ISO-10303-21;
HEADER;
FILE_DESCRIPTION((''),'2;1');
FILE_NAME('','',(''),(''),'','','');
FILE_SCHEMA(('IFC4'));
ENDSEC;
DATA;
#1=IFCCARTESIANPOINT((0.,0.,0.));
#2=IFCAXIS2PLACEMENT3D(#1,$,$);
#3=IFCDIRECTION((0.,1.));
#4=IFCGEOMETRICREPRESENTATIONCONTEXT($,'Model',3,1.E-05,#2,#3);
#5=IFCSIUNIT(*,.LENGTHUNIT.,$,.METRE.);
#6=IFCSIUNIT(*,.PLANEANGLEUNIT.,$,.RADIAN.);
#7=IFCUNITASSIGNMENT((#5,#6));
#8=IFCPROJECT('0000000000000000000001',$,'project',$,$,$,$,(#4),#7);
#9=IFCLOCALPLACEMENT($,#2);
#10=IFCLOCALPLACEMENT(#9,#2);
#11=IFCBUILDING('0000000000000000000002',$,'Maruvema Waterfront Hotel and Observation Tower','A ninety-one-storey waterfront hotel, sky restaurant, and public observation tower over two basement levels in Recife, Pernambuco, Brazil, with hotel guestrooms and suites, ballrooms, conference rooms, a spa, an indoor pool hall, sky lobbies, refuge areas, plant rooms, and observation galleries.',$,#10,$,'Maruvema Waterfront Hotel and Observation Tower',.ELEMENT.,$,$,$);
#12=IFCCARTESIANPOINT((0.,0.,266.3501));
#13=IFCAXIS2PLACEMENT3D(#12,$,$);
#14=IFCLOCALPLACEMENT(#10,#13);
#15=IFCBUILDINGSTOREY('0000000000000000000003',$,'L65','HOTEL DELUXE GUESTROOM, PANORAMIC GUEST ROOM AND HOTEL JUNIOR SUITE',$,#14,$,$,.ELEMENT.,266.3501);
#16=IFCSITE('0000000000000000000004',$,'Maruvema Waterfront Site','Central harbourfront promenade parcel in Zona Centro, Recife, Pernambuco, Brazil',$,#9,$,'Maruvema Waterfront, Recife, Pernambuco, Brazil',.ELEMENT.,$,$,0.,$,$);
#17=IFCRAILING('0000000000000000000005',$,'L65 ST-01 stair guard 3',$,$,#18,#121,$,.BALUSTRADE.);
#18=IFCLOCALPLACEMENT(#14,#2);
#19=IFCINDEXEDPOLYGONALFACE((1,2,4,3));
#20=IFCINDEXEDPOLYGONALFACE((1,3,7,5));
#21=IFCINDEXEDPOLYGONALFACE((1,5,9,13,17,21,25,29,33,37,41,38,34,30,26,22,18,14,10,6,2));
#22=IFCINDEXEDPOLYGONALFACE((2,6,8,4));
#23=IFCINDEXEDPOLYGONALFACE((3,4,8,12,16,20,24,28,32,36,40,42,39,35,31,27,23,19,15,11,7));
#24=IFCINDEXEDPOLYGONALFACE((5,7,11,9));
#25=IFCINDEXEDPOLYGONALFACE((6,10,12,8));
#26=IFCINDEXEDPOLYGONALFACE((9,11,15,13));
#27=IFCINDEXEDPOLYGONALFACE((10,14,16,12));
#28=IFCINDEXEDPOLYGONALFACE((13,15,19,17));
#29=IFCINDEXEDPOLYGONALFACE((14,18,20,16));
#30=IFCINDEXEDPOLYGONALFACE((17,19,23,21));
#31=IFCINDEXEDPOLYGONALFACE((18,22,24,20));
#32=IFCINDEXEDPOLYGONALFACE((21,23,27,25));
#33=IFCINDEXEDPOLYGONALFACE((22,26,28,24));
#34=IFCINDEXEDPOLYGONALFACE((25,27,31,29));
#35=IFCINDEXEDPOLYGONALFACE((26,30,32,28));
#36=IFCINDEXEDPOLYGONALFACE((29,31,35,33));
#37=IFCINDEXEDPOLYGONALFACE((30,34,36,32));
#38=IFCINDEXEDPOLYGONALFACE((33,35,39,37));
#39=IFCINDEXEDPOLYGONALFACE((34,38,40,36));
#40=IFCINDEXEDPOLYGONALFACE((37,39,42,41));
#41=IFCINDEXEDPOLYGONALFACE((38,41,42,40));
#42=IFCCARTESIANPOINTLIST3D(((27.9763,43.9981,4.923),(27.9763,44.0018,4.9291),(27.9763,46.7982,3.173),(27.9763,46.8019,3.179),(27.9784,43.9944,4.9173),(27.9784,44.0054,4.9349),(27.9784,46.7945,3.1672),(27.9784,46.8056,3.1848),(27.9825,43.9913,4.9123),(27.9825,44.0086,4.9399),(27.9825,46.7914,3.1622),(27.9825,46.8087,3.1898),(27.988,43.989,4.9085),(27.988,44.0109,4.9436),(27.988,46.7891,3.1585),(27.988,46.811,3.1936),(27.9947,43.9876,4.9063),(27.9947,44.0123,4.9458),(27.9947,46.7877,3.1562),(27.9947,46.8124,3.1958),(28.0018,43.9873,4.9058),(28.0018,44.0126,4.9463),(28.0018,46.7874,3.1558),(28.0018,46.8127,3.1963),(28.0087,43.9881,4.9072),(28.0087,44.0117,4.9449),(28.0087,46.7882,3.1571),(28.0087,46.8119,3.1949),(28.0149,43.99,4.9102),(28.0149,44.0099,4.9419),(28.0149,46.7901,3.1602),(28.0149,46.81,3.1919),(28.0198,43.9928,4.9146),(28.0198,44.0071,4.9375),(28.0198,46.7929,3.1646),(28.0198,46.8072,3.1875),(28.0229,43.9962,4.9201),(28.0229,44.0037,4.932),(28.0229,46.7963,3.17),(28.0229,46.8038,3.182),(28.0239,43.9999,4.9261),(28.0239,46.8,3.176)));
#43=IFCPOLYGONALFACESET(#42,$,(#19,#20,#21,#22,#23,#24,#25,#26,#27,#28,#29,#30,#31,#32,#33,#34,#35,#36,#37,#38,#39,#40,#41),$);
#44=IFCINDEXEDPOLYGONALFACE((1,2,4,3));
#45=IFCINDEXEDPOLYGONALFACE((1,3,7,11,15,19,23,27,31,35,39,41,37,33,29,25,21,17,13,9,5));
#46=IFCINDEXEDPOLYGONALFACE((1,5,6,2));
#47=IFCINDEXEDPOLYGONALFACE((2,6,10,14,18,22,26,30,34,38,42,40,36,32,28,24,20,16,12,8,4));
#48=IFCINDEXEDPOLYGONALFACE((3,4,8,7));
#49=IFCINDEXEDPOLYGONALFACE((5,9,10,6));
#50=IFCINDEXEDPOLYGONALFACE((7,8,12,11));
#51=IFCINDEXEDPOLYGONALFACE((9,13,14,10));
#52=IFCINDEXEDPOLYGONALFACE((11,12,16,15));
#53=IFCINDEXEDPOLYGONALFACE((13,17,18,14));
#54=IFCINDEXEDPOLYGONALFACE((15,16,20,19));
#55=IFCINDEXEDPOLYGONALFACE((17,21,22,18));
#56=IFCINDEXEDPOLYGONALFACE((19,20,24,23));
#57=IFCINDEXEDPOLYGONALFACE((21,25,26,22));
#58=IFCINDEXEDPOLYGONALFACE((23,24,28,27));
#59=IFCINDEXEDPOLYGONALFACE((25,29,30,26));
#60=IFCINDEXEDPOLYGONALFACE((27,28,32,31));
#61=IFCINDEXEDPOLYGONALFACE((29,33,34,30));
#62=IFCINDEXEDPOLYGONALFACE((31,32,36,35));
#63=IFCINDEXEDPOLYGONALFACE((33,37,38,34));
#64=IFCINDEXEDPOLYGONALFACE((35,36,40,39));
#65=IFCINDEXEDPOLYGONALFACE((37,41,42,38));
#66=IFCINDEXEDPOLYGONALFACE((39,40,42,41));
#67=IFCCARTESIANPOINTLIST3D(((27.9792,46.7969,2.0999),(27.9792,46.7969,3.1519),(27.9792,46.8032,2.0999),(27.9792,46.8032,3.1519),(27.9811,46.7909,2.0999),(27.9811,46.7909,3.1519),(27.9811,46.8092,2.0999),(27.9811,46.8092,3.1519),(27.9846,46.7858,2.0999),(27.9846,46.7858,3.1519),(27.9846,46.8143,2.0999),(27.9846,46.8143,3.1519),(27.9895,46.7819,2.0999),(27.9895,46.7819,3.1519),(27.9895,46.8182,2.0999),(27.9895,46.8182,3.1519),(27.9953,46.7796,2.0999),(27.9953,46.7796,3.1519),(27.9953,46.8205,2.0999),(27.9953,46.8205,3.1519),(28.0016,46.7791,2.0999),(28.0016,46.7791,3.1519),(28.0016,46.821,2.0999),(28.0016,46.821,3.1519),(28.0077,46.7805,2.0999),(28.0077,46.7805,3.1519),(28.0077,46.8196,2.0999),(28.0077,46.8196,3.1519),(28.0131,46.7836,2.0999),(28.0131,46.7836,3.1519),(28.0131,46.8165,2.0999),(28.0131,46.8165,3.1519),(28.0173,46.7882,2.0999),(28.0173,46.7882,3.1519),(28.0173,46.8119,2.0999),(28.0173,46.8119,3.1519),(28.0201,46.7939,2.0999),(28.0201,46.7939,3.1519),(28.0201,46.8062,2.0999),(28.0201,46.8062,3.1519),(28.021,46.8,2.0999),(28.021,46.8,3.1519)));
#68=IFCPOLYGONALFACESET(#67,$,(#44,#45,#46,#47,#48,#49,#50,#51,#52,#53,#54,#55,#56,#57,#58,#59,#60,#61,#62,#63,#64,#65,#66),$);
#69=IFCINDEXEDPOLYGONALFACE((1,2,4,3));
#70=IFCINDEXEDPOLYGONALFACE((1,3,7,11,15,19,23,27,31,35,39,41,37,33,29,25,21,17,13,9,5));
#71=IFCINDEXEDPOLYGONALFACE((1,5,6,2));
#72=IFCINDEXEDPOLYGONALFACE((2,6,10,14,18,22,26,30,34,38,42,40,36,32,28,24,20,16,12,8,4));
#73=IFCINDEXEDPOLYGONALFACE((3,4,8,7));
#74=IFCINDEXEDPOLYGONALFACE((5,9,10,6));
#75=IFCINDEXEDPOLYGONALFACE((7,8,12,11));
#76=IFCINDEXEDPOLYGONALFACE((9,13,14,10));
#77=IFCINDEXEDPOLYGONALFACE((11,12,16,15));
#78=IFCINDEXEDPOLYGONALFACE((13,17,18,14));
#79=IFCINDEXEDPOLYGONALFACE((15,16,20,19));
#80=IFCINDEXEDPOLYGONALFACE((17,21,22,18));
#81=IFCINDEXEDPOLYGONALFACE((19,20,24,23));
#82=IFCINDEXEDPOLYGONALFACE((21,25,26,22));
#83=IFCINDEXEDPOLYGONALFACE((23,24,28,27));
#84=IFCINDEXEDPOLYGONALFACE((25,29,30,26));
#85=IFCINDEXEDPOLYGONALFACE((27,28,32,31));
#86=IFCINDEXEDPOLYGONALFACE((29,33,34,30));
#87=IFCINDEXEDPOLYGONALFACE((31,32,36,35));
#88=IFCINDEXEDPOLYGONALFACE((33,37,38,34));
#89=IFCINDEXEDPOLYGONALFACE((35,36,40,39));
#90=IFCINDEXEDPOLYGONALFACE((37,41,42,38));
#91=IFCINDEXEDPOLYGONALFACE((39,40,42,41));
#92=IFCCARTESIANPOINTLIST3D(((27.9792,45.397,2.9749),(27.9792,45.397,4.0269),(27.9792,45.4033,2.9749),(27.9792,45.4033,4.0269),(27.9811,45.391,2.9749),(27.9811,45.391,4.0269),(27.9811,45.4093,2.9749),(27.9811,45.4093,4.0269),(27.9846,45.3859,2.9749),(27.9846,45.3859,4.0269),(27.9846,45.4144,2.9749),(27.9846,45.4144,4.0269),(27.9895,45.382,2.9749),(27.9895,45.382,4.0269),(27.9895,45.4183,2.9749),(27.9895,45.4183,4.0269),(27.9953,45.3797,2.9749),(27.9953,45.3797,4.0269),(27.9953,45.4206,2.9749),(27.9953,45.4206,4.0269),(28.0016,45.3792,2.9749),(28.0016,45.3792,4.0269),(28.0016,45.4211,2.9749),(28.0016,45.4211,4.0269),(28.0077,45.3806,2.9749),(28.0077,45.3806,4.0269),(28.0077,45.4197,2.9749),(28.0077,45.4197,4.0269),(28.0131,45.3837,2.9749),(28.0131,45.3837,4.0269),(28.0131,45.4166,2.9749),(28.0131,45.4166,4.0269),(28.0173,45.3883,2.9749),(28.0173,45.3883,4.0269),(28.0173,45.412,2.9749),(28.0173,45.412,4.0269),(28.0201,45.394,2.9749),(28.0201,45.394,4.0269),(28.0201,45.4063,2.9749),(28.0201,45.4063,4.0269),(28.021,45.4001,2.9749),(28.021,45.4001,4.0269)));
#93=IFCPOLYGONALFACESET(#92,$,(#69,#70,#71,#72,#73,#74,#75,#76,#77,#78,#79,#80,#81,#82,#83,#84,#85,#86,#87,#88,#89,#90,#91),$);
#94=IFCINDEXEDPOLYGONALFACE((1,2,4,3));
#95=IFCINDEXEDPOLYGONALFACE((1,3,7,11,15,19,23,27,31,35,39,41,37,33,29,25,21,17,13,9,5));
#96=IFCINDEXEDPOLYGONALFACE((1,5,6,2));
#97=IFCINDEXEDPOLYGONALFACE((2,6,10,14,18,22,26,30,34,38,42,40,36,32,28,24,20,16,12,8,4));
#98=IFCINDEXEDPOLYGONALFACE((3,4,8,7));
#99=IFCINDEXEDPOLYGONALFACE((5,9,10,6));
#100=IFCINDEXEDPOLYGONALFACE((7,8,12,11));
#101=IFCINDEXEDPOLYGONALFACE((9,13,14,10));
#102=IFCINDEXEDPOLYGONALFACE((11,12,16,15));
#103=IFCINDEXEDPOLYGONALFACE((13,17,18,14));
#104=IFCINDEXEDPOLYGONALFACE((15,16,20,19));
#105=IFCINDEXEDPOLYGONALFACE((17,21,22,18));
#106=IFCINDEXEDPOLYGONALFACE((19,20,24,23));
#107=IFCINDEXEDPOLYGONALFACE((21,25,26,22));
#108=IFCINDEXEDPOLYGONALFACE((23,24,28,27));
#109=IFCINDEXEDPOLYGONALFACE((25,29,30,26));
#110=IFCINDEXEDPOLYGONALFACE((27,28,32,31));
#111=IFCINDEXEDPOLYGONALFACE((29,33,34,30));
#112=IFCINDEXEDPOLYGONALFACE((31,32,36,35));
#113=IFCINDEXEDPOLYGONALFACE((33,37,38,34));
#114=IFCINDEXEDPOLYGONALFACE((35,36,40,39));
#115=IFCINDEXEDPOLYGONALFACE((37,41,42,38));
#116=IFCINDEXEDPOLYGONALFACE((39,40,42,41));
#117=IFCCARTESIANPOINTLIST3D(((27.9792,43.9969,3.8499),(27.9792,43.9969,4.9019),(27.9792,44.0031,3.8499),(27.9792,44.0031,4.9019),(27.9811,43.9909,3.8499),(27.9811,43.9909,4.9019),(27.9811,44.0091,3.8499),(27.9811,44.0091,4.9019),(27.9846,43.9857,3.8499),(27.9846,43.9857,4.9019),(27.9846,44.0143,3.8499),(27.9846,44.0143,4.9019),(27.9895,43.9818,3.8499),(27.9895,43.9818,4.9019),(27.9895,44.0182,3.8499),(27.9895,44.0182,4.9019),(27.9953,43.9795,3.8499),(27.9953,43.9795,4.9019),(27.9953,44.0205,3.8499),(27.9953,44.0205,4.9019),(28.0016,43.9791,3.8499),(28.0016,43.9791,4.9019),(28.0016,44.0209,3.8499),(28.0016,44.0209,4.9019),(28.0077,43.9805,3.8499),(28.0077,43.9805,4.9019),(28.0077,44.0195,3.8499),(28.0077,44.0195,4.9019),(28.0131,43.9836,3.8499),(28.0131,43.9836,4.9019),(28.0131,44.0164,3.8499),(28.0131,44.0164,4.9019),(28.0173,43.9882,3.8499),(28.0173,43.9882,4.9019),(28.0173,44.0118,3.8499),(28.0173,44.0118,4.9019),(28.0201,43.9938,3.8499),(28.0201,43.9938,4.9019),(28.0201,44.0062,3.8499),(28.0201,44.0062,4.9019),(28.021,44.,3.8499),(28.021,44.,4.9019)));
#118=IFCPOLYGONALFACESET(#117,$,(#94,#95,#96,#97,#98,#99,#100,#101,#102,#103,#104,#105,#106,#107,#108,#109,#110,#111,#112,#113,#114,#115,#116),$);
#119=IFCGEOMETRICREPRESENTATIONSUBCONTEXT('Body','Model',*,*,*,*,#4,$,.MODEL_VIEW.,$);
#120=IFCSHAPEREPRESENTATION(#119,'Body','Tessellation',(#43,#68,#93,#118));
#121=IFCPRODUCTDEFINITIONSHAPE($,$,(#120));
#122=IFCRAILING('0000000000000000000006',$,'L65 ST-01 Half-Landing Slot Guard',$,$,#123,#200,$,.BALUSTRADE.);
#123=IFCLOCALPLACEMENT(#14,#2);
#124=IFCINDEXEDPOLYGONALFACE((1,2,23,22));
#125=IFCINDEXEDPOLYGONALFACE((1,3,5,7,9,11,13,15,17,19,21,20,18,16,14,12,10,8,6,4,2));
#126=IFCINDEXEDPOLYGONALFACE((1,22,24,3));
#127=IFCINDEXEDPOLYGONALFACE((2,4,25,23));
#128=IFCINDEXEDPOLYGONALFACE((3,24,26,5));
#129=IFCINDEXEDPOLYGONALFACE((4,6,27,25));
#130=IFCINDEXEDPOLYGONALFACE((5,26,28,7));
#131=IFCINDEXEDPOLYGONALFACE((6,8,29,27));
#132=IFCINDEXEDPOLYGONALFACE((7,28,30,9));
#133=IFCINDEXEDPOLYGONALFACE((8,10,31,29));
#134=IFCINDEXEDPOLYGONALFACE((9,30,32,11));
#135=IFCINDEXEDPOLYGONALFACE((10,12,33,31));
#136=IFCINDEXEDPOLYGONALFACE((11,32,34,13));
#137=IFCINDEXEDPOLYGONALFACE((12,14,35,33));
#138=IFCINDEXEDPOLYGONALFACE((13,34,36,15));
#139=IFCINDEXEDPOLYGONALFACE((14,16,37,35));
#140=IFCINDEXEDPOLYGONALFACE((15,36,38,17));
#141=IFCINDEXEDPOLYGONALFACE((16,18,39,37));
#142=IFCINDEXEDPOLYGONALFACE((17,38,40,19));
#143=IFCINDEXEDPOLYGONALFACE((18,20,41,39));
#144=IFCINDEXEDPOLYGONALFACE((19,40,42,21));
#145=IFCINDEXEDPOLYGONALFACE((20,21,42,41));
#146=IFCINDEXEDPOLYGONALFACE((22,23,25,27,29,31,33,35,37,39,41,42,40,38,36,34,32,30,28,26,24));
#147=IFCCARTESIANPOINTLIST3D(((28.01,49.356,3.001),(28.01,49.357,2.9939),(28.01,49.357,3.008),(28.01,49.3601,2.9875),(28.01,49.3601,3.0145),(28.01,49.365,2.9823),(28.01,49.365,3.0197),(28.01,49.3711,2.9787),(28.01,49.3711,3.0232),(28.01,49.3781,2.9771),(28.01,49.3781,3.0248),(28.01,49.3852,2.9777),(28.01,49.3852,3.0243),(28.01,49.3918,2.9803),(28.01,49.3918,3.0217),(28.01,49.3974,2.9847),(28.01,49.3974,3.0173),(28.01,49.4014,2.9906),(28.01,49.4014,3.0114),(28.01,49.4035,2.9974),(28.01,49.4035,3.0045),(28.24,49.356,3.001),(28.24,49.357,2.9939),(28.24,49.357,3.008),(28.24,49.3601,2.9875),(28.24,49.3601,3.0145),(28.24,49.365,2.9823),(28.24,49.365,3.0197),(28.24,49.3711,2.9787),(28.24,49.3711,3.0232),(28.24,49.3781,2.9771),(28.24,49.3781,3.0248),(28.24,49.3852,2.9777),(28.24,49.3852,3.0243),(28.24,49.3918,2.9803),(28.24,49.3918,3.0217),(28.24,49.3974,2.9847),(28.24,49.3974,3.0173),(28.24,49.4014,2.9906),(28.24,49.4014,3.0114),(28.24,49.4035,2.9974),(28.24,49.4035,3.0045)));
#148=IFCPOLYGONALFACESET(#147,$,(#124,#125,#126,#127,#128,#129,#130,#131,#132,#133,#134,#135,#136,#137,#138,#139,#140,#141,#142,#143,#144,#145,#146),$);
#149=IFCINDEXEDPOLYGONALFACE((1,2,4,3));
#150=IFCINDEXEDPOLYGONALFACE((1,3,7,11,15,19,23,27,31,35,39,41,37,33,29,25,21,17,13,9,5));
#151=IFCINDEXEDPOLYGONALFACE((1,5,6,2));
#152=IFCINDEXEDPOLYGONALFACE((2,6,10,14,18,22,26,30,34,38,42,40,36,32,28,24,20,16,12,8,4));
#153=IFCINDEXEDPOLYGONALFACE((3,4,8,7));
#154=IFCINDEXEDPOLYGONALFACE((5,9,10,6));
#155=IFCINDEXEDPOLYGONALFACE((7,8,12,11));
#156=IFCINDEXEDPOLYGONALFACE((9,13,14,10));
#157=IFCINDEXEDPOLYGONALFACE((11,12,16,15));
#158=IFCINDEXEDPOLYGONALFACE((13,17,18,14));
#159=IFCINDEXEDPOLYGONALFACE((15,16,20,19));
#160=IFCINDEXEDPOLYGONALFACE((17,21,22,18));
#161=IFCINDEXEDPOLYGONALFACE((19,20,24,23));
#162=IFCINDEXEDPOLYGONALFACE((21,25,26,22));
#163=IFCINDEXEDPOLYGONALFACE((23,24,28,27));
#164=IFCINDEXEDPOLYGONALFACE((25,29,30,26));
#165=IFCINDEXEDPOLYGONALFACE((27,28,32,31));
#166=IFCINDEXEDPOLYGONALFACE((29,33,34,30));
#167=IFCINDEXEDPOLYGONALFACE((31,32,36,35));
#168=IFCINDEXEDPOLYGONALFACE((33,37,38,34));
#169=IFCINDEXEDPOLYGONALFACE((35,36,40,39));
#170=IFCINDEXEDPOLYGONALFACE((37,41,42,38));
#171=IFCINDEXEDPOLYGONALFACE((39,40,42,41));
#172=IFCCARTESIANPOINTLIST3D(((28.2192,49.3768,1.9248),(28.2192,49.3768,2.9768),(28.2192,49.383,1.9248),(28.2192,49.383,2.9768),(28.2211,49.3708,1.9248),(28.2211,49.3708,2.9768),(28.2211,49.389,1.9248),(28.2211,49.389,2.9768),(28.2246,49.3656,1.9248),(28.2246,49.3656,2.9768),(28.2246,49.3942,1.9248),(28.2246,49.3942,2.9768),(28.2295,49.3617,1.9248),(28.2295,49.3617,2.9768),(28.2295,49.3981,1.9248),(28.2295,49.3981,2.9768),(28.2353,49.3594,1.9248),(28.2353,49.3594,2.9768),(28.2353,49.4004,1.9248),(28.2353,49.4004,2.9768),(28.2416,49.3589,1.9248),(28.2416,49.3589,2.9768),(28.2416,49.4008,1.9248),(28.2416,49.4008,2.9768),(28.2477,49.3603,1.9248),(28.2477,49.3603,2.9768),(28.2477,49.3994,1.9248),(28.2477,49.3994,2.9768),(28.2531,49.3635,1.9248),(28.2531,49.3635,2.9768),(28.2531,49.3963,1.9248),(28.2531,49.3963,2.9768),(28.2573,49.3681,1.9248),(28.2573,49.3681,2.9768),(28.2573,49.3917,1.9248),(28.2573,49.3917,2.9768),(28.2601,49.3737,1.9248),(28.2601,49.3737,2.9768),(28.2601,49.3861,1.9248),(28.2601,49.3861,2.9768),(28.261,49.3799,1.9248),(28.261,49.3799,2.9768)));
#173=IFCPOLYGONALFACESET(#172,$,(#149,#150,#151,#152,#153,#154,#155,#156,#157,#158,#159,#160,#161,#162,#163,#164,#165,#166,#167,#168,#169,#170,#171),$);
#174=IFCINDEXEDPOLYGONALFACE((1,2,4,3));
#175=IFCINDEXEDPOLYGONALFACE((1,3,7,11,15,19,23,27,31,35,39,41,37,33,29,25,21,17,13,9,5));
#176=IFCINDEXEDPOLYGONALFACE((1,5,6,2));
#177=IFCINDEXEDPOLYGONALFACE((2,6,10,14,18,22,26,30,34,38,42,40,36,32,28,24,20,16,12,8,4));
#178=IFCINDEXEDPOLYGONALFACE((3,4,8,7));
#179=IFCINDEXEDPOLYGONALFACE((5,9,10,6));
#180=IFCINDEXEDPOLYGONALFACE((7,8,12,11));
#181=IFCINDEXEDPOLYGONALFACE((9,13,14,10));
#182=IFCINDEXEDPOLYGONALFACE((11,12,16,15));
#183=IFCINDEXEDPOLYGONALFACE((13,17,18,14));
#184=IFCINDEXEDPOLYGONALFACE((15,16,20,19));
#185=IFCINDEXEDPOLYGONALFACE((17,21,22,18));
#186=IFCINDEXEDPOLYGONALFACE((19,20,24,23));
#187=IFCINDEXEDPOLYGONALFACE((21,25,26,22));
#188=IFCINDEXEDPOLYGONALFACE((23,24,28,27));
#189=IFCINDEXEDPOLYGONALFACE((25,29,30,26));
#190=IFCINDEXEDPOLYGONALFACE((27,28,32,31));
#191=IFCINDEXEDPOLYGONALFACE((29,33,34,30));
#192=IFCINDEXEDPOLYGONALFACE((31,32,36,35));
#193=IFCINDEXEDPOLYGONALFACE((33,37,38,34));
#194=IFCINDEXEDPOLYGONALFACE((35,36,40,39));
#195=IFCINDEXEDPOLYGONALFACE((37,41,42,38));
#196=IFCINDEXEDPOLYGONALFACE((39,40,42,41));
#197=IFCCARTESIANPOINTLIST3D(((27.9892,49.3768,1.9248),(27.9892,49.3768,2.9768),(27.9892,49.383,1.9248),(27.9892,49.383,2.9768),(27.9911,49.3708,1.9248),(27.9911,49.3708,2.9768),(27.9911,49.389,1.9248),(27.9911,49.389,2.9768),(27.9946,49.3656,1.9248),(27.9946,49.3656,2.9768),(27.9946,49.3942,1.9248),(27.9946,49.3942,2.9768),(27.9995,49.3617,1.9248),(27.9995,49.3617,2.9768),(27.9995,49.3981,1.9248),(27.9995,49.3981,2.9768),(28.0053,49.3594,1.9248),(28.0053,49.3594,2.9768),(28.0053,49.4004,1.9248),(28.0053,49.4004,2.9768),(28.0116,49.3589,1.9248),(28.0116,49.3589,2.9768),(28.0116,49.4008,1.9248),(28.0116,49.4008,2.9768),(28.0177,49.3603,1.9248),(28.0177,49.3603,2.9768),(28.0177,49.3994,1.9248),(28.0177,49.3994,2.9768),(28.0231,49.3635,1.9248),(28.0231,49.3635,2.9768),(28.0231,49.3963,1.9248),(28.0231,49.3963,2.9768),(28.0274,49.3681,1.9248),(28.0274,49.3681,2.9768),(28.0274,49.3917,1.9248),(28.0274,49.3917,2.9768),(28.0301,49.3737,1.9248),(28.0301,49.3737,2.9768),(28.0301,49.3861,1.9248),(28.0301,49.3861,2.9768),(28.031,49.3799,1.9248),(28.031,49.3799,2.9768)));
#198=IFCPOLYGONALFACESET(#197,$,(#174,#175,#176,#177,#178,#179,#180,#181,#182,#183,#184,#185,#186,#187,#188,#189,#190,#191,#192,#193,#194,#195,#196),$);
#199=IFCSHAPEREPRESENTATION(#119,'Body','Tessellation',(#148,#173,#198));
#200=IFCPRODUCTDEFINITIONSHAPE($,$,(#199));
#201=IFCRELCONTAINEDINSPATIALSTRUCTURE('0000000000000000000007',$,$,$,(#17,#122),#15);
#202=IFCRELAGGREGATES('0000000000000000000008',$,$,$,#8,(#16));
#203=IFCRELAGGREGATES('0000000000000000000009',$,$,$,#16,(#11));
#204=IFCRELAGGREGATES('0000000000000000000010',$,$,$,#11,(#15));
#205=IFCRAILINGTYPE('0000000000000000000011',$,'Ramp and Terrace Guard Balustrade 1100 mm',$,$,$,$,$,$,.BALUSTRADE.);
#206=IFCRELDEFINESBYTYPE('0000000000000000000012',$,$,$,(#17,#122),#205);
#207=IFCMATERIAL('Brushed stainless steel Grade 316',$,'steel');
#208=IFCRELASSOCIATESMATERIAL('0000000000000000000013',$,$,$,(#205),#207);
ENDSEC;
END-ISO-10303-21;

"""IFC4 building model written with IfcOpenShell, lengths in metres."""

from ifc_helpers import new_model, si_unit, direction, frame, origin, origin_2d, place, context, subcontext, project, spatial, circle, extrude, material, type_object, element, save


model = new_model("IFC4")

# Units and contexts
model_context = context("Model", 3, precision=1e-05, world=origin(), true_north=direction((0.0, 1.0)))
body_context = subcontext(model_context, "Body", "Model", "MODEL_VIEW")
ifc_project = project(units=[si_unit("LENGTHUNIT", "METRE"), si_unit("PLANEANGLEUNIT", "RADIAN")], contexts=[model_context])

# Site, building, storey
site_placement = place(None, origin())
site = spatial("IfcSite", under=ifc_project, at=site_placement, Name="Maruvema Waterfront Site", Description="Central harbourfront promenade parcel in Zona Centro, Recife, Pernambuco, Brazil", LongName="Maruvema Waterfront, Recife, Pernambuco, Brazil", CompositionType="ELEMENT", RefElevation=0.0)
building_placement = place(site_placement, origin())
building = spatial("IfcBuilding", under=site, at=building_placement, Name="Maruvema Waterfront Hotel and Observation Tower", Description="A ninety-one-storey waterfront hotel, sky restaurant, and public observation tower over two basement levels in Recife, Pernambuco, Brazil, with hotel guestrooms and suites, ballrooms, conference rooms, a spa, an indoor pool hall, sky lobbies, refuge areas, plant rooms, and observation galleries.", LongName="Maruvema Waterfront Hotel and Observation Tower", CompositionType="ELEMENT")
storey_placement = place(building_placement, frame((0.0, 0.0, 266.3501)))
storey = spatial("IfcBuildingStorey", under=building, at=storey_placement, Name="L65", Description="HOTEL DELUXE GUESTROOM, PANORAMIC GUEST ROOM AND HOTEL JUNIOR SUITE", CompositionType="ELEMENT", Elevation=266.3501)

# Railings
ifc_material_1 = material(Name="Brushed stainless steel Grade 316", Category="steel")
railing_type_1 = type_object("IfcRailingType", Name="Ramp and Terrace Guard Balustrade 1100 mm", PredefinedType="BALUSTRADE", material=ifc_material_1)
railing_1_placement = place(storey_placement, frame((28.0, 46.8, 2.0999)))
element("IfcRailing", 1, at=railing_1_placement, inside=storey, type_object=railing_type_1, Name="L65 ST-01 stair guard 3", PredefinedType="BALUSTRADE", context=body_context, shape_type="SweptSolid", body=[
    extrude(circle(Radius=0.0239, at=origin_2d()), frame((0.0, 0.0, 1.0762), z_axis=(0.0, -0.848002, 0.529992), x_axis=(1.0, 0.0, 0.0)), (0.0, 0.0, 1.0), 3.302),
    extrude(circle(Radius=0.021, at=origin_2d()), origin(), (0.0, 0.0, 1.0), 1.052),
    extrude(circle(Radius=0.021, at=origin_2d()), frame((0.0, -1.3999, 0.875)), (0.0, 0.0, 1.0), 1.052),
    extrude(circle(Radius=0.021, at=origin_2d()), frame((0.0, -2.8, 1.75)), (0.0, 0.0, 1.0), 1.052),
])
railing_2_placement = place(storey_placement, frame((28.24, 49.3799, 1.9248)))
element("IfcRailing", 2, at=railing_2_placement, inside=storey, type_object=railing_type_1, Name="L65 ST-01 Half-Landing Slot Guard", PredefinedType="BALUSTRADE", context=body_context, shape_type="SweptSolid", body=[
    extrude(circle(Radius=0.0239, at=origin_2d()), frame((0.0, 0.0, 1.0762), z_axis=(-1.0, 0.0, 0.0), x_axis=(0.0, -1.0, 0.0)), (0.0, 0.0, 1.0), 0.23),
    extrude(circle(Radius=0.021, at=origin_2d()), origin(), (0.0, 0.0, 1.0), 1.052),
    extrude(circle(Radius=0.021, at=origin_2d()), frame((-0.23, 0.0, 0.0)), (0.0, 0.0, 1.0), 1.052),
])

save(model, "model.ifc")
